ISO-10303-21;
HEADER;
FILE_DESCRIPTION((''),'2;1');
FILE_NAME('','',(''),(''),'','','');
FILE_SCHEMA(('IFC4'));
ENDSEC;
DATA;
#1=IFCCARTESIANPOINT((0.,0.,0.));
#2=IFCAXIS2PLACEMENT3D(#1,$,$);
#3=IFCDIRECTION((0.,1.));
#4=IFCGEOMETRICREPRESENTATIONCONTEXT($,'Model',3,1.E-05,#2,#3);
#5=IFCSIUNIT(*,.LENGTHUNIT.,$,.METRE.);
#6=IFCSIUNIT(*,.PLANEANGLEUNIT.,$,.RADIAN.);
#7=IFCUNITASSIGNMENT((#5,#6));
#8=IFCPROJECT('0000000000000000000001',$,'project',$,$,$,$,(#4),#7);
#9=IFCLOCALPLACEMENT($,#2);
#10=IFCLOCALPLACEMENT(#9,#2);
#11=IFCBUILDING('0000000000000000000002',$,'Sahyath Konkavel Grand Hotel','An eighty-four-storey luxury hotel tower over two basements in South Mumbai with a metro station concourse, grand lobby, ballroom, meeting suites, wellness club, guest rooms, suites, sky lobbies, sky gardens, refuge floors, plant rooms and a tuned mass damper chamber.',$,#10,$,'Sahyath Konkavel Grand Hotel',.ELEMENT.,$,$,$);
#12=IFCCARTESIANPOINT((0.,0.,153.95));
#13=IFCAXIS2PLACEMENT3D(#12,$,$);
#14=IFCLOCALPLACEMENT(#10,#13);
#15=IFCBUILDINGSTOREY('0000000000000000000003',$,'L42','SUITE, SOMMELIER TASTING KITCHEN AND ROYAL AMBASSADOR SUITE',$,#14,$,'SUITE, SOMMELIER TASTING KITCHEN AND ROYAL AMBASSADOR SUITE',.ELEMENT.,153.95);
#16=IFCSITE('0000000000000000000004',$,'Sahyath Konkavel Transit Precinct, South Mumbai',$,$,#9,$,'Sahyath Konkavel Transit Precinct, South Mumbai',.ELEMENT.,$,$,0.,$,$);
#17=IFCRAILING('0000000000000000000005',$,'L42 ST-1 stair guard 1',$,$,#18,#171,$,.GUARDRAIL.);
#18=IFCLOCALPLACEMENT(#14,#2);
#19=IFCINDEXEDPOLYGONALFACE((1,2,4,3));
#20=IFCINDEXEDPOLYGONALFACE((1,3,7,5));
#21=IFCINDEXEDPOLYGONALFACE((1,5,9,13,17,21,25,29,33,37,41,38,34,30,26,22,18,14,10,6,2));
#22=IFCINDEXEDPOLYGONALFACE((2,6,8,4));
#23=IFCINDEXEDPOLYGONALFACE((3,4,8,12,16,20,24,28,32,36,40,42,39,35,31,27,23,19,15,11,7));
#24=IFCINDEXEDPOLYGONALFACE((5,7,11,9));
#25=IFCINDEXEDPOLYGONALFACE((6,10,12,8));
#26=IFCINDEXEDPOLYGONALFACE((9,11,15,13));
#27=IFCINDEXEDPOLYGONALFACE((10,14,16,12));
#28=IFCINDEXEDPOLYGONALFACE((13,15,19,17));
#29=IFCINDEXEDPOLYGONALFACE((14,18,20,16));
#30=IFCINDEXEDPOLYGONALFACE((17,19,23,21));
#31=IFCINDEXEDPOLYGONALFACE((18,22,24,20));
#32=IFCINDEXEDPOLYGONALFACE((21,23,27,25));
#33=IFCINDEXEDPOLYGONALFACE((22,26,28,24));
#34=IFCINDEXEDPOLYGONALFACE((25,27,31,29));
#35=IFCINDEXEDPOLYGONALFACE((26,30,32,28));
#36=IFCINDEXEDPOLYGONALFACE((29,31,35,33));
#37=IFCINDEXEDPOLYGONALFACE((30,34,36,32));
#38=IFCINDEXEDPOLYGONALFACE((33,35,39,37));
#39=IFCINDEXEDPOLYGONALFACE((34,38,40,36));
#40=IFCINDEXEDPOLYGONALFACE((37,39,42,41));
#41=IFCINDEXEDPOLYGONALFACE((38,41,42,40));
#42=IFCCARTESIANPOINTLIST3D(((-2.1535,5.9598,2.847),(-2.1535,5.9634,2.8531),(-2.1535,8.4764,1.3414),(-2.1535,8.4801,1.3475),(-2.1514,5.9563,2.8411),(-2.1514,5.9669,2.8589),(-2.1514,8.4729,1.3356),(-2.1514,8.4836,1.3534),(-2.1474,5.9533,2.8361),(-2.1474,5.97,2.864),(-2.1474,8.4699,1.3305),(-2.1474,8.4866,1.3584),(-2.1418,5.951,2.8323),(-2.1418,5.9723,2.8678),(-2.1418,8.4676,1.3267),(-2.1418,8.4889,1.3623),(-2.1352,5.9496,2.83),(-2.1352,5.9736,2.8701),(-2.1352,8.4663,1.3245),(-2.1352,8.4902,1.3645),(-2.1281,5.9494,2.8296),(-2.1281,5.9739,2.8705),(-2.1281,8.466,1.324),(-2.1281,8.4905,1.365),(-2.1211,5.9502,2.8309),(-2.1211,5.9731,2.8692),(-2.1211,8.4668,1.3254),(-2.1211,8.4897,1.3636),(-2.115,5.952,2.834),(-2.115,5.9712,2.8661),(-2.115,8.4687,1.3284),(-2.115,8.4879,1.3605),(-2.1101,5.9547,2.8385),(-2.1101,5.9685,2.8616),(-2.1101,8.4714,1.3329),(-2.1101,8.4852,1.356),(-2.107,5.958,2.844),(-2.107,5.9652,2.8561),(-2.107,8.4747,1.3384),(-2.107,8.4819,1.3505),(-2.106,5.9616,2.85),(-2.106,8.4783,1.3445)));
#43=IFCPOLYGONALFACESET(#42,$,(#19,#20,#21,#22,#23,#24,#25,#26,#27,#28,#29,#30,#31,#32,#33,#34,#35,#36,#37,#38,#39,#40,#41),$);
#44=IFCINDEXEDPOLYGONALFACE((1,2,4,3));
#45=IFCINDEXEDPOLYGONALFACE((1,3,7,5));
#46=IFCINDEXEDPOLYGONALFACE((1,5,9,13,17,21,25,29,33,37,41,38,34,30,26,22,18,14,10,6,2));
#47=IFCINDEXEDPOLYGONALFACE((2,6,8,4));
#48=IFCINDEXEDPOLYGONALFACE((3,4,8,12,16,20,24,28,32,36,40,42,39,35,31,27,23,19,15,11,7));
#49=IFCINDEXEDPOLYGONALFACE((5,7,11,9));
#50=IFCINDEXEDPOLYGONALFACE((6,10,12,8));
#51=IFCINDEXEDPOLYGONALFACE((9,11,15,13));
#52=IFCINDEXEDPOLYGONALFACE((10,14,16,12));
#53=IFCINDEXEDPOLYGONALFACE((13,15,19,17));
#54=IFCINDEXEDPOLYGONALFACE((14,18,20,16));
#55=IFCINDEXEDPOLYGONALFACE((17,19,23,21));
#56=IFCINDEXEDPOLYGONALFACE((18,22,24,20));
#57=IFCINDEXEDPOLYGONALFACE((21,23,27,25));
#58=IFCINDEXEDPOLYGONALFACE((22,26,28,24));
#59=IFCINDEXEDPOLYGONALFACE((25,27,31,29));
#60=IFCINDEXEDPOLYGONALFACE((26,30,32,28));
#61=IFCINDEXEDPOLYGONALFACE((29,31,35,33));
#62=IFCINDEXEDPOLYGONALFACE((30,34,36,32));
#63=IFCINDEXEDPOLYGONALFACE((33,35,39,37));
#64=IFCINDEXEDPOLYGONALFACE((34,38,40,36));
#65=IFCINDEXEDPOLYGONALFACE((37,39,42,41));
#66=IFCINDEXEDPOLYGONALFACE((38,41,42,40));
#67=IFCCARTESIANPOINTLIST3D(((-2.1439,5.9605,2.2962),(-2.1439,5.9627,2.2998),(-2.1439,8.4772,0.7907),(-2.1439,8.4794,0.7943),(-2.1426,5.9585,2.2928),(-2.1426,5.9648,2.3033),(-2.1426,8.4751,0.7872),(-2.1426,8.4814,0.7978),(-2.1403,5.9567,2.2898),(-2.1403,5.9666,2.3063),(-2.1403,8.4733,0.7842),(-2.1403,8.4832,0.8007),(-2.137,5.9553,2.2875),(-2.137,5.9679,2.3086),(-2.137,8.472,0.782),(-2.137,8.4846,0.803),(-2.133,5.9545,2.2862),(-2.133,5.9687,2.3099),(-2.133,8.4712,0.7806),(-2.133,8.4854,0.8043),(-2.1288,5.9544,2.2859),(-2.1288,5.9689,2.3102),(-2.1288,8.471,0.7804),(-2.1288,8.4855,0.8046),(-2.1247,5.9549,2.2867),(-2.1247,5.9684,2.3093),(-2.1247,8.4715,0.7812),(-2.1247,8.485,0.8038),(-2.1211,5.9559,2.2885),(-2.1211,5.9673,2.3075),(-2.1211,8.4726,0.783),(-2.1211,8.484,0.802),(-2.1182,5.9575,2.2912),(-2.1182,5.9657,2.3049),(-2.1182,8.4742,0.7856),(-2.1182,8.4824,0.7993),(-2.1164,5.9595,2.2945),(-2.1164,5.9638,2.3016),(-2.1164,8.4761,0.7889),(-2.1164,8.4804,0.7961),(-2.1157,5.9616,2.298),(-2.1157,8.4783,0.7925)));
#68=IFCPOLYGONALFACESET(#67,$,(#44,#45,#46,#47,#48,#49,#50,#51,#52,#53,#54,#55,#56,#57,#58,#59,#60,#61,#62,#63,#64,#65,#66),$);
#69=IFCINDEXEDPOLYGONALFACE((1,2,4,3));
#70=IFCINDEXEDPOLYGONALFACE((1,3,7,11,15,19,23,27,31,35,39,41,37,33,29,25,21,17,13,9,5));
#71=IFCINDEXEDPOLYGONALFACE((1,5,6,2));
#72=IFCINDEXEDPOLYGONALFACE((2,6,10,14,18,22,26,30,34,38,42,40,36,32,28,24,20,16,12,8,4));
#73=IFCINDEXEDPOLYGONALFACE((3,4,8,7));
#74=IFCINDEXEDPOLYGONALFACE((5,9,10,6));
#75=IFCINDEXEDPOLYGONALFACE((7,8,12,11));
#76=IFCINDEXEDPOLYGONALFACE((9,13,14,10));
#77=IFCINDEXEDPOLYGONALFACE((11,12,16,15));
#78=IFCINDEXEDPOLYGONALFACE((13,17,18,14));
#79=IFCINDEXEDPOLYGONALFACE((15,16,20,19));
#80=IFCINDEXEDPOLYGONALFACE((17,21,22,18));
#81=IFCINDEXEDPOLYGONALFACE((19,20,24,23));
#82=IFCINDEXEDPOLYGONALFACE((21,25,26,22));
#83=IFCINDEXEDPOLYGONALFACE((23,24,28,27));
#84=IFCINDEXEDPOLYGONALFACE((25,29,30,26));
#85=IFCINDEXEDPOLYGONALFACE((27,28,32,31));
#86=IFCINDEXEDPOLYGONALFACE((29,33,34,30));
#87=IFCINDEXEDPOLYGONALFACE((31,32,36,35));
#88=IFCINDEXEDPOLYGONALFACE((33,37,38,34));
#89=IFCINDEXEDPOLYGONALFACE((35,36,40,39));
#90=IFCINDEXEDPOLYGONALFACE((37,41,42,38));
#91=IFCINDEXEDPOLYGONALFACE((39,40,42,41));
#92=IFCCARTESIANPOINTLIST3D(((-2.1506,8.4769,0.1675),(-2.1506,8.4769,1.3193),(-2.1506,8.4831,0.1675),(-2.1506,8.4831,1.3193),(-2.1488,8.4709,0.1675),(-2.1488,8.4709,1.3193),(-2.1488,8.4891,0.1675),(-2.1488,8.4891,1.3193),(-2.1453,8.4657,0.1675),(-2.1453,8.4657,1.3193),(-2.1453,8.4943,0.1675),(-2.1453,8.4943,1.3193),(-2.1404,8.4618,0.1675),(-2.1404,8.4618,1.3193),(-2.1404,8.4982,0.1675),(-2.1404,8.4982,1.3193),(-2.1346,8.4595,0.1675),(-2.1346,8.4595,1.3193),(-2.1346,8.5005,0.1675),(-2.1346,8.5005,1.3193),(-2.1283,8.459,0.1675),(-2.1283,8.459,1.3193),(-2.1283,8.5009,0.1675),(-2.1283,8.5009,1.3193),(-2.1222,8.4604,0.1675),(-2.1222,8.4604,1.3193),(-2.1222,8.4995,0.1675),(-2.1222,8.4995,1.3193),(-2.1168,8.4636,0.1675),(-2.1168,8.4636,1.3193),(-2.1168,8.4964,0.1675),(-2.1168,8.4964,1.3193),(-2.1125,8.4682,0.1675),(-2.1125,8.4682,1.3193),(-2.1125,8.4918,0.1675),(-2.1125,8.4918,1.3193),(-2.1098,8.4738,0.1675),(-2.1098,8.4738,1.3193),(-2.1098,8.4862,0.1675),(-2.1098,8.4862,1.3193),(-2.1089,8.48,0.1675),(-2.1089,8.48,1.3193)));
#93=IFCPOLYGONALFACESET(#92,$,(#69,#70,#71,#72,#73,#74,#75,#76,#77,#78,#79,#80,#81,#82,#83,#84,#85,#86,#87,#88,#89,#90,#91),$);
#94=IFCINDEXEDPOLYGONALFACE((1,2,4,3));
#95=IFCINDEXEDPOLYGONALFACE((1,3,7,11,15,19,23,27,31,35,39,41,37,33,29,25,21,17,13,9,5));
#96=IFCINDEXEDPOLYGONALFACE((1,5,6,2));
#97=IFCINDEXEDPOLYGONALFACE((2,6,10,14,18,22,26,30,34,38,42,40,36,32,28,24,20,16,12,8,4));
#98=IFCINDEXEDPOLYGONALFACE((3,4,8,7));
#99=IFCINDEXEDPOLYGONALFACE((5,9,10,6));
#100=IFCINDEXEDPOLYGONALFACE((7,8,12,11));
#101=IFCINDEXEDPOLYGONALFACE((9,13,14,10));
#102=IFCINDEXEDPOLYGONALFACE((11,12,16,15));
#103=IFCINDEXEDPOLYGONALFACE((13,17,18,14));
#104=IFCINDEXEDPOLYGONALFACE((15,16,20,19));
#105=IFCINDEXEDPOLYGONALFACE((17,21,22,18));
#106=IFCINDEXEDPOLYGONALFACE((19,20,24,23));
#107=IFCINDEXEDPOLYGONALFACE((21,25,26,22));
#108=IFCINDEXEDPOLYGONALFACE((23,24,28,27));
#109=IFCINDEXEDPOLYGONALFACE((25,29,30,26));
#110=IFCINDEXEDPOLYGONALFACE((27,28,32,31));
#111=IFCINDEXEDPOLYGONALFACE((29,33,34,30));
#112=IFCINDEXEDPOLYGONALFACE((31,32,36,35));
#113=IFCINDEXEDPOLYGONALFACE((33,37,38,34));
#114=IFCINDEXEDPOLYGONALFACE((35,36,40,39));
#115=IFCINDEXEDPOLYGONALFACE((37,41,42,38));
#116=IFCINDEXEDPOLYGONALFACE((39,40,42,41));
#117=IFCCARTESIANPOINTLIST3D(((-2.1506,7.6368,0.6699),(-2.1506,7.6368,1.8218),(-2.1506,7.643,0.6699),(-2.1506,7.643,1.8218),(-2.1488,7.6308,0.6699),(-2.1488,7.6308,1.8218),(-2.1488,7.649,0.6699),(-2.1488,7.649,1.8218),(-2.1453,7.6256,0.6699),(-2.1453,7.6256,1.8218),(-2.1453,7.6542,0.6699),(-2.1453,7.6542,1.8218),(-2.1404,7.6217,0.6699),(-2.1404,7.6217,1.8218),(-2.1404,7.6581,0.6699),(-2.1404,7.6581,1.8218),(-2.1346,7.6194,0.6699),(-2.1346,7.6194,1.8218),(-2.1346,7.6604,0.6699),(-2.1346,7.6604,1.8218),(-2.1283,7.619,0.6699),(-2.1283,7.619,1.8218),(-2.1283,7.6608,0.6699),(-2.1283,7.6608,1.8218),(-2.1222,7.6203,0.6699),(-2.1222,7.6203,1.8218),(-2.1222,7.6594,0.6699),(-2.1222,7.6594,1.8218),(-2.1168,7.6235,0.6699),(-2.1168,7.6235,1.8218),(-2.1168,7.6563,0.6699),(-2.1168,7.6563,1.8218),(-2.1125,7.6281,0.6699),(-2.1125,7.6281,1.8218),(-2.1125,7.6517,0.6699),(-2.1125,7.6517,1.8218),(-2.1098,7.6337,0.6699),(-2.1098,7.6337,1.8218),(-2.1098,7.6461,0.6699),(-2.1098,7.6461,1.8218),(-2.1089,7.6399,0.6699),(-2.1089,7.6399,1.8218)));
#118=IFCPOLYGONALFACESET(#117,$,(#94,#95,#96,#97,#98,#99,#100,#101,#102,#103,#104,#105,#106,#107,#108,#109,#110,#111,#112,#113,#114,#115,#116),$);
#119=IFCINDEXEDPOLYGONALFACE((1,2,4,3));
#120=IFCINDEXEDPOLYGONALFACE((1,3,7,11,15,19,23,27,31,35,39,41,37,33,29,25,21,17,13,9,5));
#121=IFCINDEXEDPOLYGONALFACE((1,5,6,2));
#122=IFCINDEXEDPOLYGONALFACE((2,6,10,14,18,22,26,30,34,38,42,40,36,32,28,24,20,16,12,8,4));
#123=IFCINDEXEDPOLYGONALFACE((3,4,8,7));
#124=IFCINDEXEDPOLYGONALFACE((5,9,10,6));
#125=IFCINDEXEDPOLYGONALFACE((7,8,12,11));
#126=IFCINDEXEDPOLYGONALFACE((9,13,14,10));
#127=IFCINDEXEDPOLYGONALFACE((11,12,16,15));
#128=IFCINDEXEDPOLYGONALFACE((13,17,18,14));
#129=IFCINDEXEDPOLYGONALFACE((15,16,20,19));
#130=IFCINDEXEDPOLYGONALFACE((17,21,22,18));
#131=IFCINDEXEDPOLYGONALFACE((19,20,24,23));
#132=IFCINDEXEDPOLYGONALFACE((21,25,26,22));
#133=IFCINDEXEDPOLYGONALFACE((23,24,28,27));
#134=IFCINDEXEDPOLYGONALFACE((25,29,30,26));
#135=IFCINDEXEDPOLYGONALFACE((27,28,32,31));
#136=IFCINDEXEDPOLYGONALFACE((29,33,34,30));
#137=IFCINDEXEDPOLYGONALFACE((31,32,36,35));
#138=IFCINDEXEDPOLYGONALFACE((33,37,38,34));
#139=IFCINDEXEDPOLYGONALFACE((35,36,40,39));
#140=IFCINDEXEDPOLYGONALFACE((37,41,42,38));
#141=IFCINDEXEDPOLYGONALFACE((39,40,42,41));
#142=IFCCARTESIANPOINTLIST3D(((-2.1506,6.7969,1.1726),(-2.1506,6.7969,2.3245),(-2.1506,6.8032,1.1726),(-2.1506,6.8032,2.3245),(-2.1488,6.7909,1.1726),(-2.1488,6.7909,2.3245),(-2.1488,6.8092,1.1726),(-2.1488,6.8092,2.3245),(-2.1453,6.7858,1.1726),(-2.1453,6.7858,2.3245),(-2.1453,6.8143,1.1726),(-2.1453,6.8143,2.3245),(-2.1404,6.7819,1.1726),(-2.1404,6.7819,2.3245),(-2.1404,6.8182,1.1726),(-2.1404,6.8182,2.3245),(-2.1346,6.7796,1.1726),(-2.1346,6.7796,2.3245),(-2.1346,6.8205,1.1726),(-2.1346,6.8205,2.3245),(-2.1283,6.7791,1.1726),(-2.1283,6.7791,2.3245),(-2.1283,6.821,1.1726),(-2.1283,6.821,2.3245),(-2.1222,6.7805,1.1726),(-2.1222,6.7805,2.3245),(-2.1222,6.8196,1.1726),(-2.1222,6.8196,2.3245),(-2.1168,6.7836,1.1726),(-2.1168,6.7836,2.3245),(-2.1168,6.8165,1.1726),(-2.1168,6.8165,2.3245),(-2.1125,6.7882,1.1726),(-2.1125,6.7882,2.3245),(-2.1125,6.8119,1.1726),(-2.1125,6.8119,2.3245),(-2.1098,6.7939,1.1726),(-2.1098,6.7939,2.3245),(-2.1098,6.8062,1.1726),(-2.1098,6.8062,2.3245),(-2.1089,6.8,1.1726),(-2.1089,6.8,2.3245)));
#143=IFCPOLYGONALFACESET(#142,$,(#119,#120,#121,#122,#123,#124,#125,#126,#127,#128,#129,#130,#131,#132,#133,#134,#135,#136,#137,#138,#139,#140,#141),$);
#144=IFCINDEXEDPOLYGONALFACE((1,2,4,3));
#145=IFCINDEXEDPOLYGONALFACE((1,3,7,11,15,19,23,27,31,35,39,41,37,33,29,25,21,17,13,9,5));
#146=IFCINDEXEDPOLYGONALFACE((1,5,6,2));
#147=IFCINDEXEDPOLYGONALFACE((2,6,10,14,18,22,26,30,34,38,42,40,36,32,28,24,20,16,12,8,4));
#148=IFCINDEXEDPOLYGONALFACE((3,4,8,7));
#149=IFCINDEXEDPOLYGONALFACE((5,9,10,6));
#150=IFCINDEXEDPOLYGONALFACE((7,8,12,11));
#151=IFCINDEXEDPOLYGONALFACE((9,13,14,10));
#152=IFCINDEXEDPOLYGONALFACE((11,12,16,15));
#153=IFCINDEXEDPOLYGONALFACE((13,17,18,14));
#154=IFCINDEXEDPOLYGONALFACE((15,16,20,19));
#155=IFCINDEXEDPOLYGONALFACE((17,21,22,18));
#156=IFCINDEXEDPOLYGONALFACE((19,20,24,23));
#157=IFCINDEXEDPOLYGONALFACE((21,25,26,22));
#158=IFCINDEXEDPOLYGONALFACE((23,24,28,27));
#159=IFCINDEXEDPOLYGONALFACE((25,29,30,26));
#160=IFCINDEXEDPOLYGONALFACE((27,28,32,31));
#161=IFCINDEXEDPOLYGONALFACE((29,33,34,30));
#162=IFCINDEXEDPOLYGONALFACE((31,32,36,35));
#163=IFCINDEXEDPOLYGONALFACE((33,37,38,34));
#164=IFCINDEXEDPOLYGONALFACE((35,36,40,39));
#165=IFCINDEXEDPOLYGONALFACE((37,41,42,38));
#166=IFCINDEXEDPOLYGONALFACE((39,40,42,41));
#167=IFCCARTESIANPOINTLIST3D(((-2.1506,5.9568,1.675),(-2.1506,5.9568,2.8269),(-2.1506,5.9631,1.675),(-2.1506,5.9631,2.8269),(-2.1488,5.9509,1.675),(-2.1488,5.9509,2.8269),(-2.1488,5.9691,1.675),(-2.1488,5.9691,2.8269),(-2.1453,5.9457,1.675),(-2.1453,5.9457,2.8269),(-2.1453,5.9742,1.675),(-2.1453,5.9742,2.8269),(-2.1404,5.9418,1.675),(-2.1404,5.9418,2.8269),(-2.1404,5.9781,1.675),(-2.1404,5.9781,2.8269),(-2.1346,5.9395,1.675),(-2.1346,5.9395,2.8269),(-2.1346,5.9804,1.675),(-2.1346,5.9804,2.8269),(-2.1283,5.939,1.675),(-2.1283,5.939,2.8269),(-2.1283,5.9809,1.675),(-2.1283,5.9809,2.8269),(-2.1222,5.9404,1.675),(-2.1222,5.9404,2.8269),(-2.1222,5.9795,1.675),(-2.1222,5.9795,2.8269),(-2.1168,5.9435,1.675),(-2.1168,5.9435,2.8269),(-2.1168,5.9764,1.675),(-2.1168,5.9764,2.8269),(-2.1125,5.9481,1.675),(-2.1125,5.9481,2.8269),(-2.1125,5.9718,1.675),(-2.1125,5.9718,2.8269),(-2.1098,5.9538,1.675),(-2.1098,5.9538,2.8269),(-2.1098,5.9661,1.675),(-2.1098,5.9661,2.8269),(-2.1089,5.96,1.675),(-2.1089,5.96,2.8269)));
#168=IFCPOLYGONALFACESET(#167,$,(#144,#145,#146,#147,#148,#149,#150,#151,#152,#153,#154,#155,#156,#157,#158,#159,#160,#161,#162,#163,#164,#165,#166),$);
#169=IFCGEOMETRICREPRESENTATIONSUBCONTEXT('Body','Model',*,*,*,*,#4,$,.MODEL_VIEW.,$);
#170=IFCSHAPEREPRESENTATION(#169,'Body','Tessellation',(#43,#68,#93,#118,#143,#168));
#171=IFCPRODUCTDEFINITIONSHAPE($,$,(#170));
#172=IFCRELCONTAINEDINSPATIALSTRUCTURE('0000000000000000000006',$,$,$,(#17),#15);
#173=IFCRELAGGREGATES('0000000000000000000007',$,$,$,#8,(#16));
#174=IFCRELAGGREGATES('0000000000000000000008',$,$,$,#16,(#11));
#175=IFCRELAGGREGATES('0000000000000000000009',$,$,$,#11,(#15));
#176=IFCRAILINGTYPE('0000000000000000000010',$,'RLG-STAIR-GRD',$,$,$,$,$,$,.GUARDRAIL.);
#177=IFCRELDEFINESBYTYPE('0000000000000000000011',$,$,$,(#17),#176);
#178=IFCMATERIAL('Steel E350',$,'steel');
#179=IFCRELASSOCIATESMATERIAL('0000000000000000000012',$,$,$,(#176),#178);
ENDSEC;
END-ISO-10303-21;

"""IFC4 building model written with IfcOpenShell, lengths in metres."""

from ifc_helpers import new_model, si_unit, direction, frame, origin, origin_2d, place, context, subcontext, project, spatial, circle, extrude, material, type_object, element, save


model = new_model("IFC4")

# Units and contexts
model_context = context("Model", 3, precision=1e-05, world=origin(), true_north=direction((0.0, 1.0)))
body_context = subcontext(model_context, "Body", "Model", "MODEL_VIEW")
ifc_project = project(units=[si_unit("LENGTHUNIT", "METRE"), si_unit("PLANEANGLEUNIT", "RADIAN")], contexts=[model_context])

# Site, building, storey
site_placement = place(None, origin())
site = spatial("IfcSite", under=ifc_project, at=site_placement, Name="Sahyath Konkavel Transit Precinct, South Mumbai", LongName="Sahyath Konkavel Transit Precinct, South Mumbai", CompositionType="ELEMENT", RefElevation=0.0)
building_placement = place(site_placement, origin())
building = spatial("IfcBuilding", under=site, at=building_placement, Name="Sahyath Konkavel Grand Hotel", Description="An eighty-four-storey luxury hotel tower over two basements in South Mumbai with a metro station concourse, grand lobby, ballroom, meeting suites, wellness club, guest rooms, suites, sky lobbies, sky gardens, refuge floors, plant rooms and a tuned mass damper chamber.", LongName="Sahyath Konkavel Grand Hotel", CompositionType="ELEMENT")
storey_placement = place(building_placement, frame((0.0, 0.0, 153.95)))
storey = spatial("IfcBuildingStorey", under=building, at=storey_placement, Name="L42", Description="SUITE, SOMMELIER TASTING KITCHEN AND ROYAL AMBASSADOR SUITE", LongName="SUITE, SOMMELIER TASTING KITCHEN AND ROYAL AMBASSADOR SUITE", CompositionType="ELEMENT", Elevation=153.95)

# Shared definitions
ifc_material_1 = material(Name="Steel E350", Category="steel")

# Railing
railing_type = type_object("IfcRailingType", Name="RLG-STAIR-GRD", PredefinedType="GUARDRAIL", material=ifc_material_1)
railing_1_placement = place(storey_placement, frame((-2.1299, 8.48, 0.1675)))
element("IfcRailing", 1, at=railing_1_placement, inside=storey, type_object=railing_type, Name="L42 ST-1 stair guard 1", PredefinedType="GUARDRAIL", context=body_context, shape_type="SweptSolid", body=[
    extrude(circle(Radius=0.0239, at=origin_2d()), frame((0.0, -0.0017, 1.177), z_axis=(0.0, -0.85816, 0.513383), x_axis=(1.0, 0.0, 0.0)), (0.0, 0.0, 1.0), 2.9326),
    extrude(circle(Radius=0.0142, at=origin_2d()), frame((0.0, -0.0017, 0.625), z_axis=(0.0, -0.85816, 0.513383), x_axis=(1.0, 0.0, 0.0)), (0.0, 0.0, 1.0), 2.9326),
    extrude(circle(Radius=0.021, at=origin_2d()), origin(), (0.0, 0.0, 1.0), 1.1519),
    extrude(circle(Radius=0.021, at=origin_2d()), frame((0.0, -0.8401, 0.5024)), (0.0, 0.0, 1.0), 1.1519),
    extrude(circle(Radius=0.021, at=origin_2d()), frame((0.0, -1.6799, 1.0051)), (0.0, 0.0, 1.0), 1.1519),
    extrude(circle(Radius=0.021, at=origin_2d()), frame((0.0, -2.52, 1.5076)), (0.0, 0.0, 1.0), 1.1519),
])

save(model, "model.ifc")
